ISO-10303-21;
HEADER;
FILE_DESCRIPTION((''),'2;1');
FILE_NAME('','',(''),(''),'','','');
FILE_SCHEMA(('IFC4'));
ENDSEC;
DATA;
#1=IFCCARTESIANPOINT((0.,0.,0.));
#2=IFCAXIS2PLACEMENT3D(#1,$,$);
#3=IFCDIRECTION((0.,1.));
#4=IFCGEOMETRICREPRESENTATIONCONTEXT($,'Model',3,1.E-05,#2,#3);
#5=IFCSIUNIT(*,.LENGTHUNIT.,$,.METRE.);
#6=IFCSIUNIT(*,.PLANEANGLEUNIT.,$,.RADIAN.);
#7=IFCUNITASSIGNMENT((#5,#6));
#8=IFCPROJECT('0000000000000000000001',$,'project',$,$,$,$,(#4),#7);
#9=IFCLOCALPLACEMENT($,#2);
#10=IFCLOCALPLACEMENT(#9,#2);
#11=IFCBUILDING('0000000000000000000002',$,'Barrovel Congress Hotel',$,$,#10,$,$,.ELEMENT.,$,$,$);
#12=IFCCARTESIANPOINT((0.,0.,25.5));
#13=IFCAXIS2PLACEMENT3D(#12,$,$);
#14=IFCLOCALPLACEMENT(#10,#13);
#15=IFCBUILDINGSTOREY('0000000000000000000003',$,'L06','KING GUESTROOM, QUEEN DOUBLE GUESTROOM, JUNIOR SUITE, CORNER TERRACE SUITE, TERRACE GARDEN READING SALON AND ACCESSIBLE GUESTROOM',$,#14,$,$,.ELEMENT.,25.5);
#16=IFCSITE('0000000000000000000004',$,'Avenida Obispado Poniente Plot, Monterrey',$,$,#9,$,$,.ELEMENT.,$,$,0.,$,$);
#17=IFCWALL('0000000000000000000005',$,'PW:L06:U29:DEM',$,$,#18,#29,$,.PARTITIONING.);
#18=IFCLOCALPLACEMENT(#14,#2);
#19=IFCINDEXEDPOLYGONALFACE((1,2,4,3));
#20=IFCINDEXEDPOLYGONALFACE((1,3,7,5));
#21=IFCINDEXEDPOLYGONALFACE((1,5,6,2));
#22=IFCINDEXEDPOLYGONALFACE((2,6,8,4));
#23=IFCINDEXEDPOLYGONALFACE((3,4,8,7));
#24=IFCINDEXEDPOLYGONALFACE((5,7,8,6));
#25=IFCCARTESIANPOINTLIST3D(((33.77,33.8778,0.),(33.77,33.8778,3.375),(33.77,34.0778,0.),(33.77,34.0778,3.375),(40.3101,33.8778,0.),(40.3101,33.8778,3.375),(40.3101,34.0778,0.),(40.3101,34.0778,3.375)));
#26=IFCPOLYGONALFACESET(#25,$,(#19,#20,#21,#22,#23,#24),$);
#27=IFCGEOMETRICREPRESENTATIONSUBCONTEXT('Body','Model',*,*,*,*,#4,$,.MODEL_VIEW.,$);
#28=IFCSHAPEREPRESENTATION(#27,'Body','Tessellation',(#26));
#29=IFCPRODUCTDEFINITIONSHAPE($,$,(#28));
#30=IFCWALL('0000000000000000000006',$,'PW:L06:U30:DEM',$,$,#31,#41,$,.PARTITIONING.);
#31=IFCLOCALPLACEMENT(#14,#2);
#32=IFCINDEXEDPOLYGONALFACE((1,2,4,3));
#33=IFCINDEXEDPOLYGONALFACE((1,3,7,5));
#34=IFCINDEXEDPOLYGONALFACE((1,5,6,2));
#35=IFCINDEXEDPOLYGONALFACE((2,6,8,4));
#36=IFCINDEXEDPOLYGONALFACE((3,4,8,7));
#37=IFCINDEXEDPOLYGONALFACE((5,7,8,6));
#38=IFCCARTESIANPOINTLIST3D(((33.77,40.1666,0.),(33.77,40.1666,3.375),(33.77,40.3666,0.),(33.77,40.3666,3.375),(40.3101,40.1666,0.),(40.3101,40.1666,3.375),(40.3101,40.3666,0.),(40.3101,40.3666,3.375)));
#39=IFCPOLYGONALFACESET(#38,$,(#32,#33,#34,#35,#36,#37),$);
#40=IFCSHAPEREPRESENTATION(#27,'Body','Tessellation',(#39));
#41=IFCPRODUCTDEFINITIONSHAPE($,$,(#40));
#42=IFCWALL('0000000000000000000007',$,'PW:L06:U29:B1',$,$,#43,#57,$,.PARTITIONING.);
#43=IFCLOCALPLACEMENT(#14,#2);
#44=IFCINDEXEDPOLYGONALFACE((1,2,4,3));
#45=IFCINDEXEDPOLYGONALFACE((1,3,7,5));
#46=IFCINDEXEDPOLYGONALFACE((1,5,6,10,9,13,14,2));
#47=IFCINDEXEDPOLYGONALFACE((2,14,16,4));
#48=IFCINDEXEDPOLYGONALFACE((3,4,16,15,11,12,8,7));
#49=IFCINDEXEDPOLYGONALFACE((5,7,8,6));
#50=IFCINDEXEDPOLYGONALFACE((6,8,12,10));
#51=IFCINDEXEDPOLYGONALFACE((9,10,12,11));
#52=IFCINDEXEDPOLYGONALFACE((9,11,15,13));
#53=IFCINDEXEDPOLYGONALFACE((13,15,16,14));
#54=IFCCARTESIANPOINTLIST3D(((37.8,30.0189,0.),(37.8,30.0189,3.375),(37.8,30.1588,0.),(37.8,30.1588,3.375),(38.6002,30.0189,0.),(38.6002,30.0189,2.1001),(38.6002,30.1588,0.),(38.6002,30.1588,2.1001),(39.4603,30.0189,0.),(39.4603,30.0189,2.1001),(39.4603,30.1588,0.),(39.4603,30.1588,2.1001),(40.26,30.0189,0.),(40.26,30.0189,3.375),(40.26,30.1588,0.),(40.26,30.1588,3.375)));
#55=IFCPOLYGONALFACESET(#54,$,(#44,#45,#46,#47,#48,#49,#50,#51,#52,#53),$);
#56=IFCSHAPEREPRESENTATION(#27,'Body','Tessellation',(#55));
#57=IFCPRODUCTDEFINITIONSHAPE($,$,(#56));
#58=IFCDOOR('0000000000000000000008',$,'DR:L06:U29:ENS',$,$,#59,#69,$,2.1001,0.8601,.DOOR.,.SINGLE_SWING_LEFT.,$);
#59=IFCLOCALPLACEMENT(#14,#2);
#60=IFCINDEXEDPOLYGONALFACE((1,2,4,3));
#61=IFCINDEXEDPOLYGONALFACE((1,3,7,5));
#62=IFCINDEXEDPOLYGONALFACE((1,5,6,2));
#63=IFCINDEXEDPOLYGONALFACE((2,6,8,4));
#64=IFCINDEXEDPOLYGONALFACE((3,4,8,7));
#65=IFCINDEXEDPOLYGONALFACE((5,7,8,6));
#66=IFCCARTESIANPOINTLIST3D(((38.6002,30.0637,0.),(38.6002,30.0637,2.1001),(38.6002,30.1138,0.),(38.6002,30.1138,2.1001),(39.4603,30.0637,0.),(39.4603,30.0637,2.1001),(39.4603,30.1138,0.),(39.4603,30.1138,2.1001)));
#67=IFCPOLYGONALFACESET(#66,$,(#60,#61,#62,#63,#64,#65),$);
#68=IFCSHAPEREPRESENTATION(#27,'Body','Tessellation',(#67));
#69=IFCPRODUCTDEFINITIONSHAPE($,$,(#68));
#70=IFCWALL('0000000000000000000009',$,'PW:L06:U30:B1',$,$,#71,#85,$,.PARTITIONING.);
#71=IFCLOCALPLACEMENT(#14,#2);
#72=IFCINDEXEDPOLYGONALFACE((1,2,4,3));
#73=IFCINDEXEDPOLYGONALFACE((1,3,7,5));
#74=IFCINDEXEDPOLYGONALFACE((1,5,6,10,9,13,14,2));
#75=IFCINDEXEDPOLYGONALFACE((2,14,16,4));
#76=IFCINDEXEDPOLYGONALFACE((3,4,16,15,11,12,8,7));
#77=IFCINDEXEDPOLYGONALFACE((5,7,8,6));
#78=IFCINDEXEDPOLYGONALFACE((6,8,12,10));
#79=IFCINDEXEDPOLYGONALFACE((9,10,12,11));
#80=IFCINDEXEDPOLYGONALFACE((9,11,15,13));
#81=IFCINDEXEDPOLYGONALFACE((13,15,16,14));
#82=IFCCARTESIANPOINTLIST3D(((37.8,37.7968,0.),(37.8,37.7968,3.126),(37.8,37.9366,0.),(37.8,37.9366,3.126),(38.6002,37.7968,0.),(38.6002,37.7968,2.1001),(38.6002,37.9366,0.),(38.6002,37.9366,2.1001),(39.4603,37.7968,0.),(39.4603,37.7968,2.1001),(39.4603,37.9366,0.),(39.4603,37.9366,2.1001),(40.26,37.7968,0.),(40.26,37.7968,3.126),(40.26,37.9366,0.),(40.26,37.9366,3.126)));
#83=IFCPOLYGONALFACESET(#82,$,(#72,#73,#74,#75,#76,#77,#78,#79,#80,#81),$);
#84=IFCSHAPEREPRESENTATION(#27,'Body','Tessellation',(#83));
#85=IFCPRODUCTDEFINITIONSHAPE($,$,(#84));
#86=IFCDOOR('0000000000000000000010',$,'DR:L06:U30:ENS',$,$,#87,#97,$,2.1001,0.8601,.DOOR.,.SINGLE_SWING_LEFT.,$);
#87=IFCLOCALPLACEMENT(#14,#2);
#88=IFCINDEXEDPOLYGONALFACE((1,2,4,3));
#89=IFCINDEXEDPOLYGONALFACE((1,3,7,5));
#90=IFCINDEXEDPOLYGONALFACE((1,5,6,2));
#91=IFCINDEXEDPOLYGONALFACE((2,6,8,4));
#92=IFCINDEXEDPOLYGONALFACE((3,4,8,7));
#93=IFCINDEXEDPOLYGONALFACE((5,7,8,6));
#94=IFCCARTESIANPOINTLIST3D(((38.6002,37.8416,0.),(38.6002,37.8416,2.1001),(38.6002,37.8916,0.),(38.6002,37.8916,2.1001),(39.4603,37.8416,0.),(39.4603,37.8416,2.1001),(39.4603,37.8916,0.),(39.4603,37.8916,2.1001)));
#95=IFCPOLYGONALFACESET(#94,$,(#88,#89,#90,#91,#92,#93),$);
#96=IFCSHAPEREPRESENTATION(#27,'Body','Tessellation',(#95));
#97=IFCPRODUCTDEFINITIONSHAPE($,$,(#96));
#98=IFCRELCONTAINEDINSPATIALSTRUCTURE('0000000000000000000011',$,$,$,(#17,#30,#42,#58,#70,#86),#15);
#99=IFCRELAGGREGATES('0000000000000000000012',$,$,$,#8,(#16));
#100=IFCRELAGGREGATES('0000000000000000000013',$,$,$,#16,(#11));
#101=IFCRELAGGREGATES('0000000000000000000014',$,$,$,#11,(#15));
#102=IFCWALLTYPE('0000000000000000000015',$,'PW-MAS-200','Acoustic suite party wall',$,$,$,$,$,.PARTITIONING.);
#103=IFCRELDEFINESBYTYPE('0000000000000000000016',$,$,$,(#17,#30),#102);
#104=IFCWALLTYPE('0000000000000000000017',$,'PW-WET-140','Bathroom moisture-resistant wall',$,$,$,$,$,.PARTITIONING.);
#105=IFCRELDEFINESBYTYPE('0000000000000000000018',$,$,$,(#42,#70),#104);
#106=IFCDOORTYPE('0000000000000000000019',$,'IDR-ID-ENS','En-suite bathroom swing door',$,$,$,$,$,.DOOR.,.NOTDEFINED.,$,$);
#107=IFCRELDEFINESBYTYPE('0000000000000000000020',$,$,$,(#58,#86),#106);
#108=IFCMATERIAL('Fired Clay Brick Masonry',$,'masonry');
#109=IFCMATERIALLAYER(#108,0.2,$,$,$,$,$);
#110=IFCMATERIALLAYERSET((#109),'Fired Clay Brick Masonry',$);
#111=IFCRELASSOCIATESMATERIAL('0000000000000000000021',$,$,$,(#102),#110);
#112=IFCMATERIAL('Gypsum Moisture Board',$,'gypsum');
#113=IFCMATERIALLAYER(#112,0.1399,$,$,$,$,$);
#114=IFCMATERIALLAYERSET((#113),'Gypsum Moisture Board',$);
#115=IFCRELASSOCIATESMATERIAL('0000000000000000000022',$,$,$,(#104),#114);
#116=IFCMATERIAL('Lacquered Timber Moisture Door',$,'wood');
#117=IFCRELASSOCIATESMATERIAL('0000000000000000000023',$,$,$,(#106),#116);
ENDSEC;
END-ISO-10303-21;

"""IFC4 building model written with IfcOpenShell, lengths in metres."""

from ifc_helpers import new_model, si_unit, direction, frame, frame_2d, origin, place, context, subcontext, project, spatial, rectangle, extrude, material, layer, layer_set, type_object, element, fill, save


model = new_model("IFC4")

# Units and contexts
model_context = context("Model", 3, precision=1e-05, world=origin(), true_north=direction((0.0, 1.0)))
body_context = subcontext(model_context, "Body", "Model", "MODEL_VIEW")
ifc_project = project(units=[si_unit("LENGTHUNIT", "METRE"), si_unit("PLANEANGLEUNIT", "RADIAN")], contexts=[model_context])

# Site, building, storey
site_placement = place(None, origin())
site = spatial("IfcSite", under=ifc_project, at=site_placement, Name="Avenida Obispado Poniente Plot, Monterrey", CompositionType="ELEMENT", RefElevation=0.0)
building_placement = place(site_placement, origin())
building = spatial("IfcBuilding", under=site, at=building_placement, Name="Barrovel Congress Hotel", CompositionType="ELEMENT")
storey_placement = place(building_placement, frame((0.0, 0.0, 25.5)))
storey = spatial("IfcBuildingStorey", under=building, at=storey_placement, Name="L06", Description="KING GUESTROOM, QUEEN DOUBLE GUESTROOM, JUNIOR SUITE, CORNER TERRACE SUITE, TERRACE GARDEN READING SALON AND ACCESSIBLE GUESTROOM", CompositionType="ELEMENT", Elevation=25.5)

# Shared definitions
ifc_material_1 = material(Name="Fired Clay Brick Masonry", Category="masonry")

# Walls
ifc_layer_1 = layer(ifc_material_1, 0.2)
ifc_layer_set_1 = layer_set([ifc_layer_1], Name="Fired Clay Brick Masonry")
wall_type_1 = type_object("IfcWallType", Name="PW-MAS-200", Description="Acoustic suite party wall", PredefinedType="PARTITIONING", material=ifc_layer_set_1)
for number, where, z_axis, x_axis, name in (
    (1, (33.77, 33.9778, 0.0), (0.0, 0.0, 1.0), (1.0, 0.0, 0.0), "PW:L06:U29:DEM"),
    (2, (33.77, 40.2666, 0.0), (0.0, 0.0, 1.0), (1.0, 0.0, 0.0), "PW:L06:U30:DEM"),
):
    element("IfcWall", number, at=place(storey_placement, frame(where, z_axis=z_axis, x_axis=x_axis)), inside=storey, type_object=wall_type_1, Name=name, PredefinedType="PARTITIONING", context=body_context, shape_type="SweptSolid", body=[
        extrude(rectangle(XDim=6.54, YDim=0.2, at=frame_2d((3.27, 0.0))), origin(), (0.0, 0.0, 1.0), 3.375),
    ])

# Walls, openings, doors
ifc_material_2 = material(Name="Gypsum Moisture Board", Category="gypsum")
ifc_layer_2 = layer(ifc_material_2, 0.1399)
ifc_layer_set_2 = layer_set([ifc_layer_2], Name="Gypsum Moisture Board")
wall_type_2 = type_object("IfcWallType", Name="PW-WET-140", Description="Bathroom moisture-resistant wall", PredefinedType="PARTITIONING", material=ifc_layer_set_2)
wall_1_placement = place(storey_placement, frame((37.8, 30.0889, 0.0), z_axis=(0.0, 0.0, 1.0), x_axis=(1.0, 0.0, 0.0)))
wall_1 = element("IfcWall", 3, at=wall_1_placement, inside=storey, type_object=wall_type_2, Name="PW:L06:U29:B1", PredefinedType="PARTITIONING", context=body_context, shape_type="SweptSolid", body=[
    extrude(rectangle(XDim=2.46, YDim=0.1399, at=frame_2d((1.23, 0.0))), origin(), (0.0, 0.0, 1.0), 3.375),
])
opening_1_placement = place(wall_1_placement, frame((0.8, 0.0, 0.0)))
opening_1 = element("IfcOpeningElement", 4, at=opening_1_placement, cuts=wall_1, PredefinedType="OPENING", context=body_context, shape_type="SweptSolid", body=[
    extrude(rectangle(XDim=0.8601, YDim=2.1001, at=frame_2d((0.4302, 1.05))), frame((0.0, 0.0801, 0.0), z_axis=(0.0, -1.0, 0.0), x_axis=(1.0, 0.0, 0.0)), (0.0, 0.0, 1.0), 0.1599),
])
ifc_material_3 = material(Name="Lacquered Timber Moisture Door", Category="wood")
door_type_1 = type_object("IfcDoorType", Name="IDR-ID-ENS", Description="En-suite bathroom swing door", OperationType="NOTDEFINED", PredefinedType="DOOR", material=ifc_material_3)
door_1_placement = place(opening_1_placement, origin())
door_1 = element("IfcDoor", 5, at=door_1_placement, inside=storey, type_object=door_type_1, Name="DR:L06:U29:ENS", OperationType="SINGLE_SWING_LEFT", OverallHeight=2.1001, OverallWidth=0.8601, PredefinedType="DOOR", context=body_context, shape_type="SweptSolid", body=[
    extrude(rectangle(XDim=0.8601, YDim=2.1001, at=frame_2d((0.4302, 1.05))), frame((0.0, 0.0249, 0.0), z_axis=(0.0, -1.0, 0.0), x_axis=(1.0, 0.0, 0.0)), (0.0, 0.0, 1.0), 0.05),
])
fill(opening_1, door_1)
wall_2_placement = place(storey_placement, frame((37.8, 37.8667, 0.0), z_axis=(0.0, 0.0, 1.0), x_axis=(1.0, 0.0, 0.0)))
wall_2 = element("IfcWall", 6, at=wall_2_placement, inside=storey, type_object=wall_type_2, Name="PW:L06:U30:B1", PredefinedType="PARTITIONING", context=body_context, shape_type="SweptSolid", body=[
    extrude(rectangle(XDim=2.46, YDim=0.1399, at=frame_2d((1.23, 0.0))), origin(), (0.0, 0.0, 1.0), 3.126),
])
opening_2_placement = place(wall_2_placement, frame((0.8, 0.0, 0.0)))
opening_2 = element("IfcOpeningElement", 7, at=opening_2_placement, cuts=wall_2, PredefinedType="OPENING", context=body_context, shape_type="SweptSolid", body=[
    extrude(rectangle(XDim=0.8601, YDim=2.1001, at=frame_2d((0.4302, 1.05))), frame((0.0, 0.0801, 0.0), z_axis=(0.0, -1.0, 0.0), x_axis=(1.0, 0.0, 0.0)), (0.0, 0.0, 1.0), 0.1599),
])
door_2_placement = place(opening_2_placement, origin())
door_2 = element("IfcDoor", 8, at=door_2_placement, inside=storey, type_object=door_type_1, Name="DR:L06:U30:ENS", OperationType="SINGLE_SWING_LEFT", OverallHeight=2.1001, OverallWidth=0.8601, PredefinedType="DOOR", context=body_context, shape_type="SweptSolid", body=[
    extrude(rectangle(XDim=0.8601, YDim=2.1001, at=frame_2d((0.4302, 1.05))), frame((0.0, 0.0249, 0.0), z_axis=(0.0, -1.0, 0.0), x_axis=(1.0, 0.0, 0.0)), (0.0, 0.0, 1.0), 0.05),
])
fill(opening_2, door_2)

save(model, "model.ifc")
